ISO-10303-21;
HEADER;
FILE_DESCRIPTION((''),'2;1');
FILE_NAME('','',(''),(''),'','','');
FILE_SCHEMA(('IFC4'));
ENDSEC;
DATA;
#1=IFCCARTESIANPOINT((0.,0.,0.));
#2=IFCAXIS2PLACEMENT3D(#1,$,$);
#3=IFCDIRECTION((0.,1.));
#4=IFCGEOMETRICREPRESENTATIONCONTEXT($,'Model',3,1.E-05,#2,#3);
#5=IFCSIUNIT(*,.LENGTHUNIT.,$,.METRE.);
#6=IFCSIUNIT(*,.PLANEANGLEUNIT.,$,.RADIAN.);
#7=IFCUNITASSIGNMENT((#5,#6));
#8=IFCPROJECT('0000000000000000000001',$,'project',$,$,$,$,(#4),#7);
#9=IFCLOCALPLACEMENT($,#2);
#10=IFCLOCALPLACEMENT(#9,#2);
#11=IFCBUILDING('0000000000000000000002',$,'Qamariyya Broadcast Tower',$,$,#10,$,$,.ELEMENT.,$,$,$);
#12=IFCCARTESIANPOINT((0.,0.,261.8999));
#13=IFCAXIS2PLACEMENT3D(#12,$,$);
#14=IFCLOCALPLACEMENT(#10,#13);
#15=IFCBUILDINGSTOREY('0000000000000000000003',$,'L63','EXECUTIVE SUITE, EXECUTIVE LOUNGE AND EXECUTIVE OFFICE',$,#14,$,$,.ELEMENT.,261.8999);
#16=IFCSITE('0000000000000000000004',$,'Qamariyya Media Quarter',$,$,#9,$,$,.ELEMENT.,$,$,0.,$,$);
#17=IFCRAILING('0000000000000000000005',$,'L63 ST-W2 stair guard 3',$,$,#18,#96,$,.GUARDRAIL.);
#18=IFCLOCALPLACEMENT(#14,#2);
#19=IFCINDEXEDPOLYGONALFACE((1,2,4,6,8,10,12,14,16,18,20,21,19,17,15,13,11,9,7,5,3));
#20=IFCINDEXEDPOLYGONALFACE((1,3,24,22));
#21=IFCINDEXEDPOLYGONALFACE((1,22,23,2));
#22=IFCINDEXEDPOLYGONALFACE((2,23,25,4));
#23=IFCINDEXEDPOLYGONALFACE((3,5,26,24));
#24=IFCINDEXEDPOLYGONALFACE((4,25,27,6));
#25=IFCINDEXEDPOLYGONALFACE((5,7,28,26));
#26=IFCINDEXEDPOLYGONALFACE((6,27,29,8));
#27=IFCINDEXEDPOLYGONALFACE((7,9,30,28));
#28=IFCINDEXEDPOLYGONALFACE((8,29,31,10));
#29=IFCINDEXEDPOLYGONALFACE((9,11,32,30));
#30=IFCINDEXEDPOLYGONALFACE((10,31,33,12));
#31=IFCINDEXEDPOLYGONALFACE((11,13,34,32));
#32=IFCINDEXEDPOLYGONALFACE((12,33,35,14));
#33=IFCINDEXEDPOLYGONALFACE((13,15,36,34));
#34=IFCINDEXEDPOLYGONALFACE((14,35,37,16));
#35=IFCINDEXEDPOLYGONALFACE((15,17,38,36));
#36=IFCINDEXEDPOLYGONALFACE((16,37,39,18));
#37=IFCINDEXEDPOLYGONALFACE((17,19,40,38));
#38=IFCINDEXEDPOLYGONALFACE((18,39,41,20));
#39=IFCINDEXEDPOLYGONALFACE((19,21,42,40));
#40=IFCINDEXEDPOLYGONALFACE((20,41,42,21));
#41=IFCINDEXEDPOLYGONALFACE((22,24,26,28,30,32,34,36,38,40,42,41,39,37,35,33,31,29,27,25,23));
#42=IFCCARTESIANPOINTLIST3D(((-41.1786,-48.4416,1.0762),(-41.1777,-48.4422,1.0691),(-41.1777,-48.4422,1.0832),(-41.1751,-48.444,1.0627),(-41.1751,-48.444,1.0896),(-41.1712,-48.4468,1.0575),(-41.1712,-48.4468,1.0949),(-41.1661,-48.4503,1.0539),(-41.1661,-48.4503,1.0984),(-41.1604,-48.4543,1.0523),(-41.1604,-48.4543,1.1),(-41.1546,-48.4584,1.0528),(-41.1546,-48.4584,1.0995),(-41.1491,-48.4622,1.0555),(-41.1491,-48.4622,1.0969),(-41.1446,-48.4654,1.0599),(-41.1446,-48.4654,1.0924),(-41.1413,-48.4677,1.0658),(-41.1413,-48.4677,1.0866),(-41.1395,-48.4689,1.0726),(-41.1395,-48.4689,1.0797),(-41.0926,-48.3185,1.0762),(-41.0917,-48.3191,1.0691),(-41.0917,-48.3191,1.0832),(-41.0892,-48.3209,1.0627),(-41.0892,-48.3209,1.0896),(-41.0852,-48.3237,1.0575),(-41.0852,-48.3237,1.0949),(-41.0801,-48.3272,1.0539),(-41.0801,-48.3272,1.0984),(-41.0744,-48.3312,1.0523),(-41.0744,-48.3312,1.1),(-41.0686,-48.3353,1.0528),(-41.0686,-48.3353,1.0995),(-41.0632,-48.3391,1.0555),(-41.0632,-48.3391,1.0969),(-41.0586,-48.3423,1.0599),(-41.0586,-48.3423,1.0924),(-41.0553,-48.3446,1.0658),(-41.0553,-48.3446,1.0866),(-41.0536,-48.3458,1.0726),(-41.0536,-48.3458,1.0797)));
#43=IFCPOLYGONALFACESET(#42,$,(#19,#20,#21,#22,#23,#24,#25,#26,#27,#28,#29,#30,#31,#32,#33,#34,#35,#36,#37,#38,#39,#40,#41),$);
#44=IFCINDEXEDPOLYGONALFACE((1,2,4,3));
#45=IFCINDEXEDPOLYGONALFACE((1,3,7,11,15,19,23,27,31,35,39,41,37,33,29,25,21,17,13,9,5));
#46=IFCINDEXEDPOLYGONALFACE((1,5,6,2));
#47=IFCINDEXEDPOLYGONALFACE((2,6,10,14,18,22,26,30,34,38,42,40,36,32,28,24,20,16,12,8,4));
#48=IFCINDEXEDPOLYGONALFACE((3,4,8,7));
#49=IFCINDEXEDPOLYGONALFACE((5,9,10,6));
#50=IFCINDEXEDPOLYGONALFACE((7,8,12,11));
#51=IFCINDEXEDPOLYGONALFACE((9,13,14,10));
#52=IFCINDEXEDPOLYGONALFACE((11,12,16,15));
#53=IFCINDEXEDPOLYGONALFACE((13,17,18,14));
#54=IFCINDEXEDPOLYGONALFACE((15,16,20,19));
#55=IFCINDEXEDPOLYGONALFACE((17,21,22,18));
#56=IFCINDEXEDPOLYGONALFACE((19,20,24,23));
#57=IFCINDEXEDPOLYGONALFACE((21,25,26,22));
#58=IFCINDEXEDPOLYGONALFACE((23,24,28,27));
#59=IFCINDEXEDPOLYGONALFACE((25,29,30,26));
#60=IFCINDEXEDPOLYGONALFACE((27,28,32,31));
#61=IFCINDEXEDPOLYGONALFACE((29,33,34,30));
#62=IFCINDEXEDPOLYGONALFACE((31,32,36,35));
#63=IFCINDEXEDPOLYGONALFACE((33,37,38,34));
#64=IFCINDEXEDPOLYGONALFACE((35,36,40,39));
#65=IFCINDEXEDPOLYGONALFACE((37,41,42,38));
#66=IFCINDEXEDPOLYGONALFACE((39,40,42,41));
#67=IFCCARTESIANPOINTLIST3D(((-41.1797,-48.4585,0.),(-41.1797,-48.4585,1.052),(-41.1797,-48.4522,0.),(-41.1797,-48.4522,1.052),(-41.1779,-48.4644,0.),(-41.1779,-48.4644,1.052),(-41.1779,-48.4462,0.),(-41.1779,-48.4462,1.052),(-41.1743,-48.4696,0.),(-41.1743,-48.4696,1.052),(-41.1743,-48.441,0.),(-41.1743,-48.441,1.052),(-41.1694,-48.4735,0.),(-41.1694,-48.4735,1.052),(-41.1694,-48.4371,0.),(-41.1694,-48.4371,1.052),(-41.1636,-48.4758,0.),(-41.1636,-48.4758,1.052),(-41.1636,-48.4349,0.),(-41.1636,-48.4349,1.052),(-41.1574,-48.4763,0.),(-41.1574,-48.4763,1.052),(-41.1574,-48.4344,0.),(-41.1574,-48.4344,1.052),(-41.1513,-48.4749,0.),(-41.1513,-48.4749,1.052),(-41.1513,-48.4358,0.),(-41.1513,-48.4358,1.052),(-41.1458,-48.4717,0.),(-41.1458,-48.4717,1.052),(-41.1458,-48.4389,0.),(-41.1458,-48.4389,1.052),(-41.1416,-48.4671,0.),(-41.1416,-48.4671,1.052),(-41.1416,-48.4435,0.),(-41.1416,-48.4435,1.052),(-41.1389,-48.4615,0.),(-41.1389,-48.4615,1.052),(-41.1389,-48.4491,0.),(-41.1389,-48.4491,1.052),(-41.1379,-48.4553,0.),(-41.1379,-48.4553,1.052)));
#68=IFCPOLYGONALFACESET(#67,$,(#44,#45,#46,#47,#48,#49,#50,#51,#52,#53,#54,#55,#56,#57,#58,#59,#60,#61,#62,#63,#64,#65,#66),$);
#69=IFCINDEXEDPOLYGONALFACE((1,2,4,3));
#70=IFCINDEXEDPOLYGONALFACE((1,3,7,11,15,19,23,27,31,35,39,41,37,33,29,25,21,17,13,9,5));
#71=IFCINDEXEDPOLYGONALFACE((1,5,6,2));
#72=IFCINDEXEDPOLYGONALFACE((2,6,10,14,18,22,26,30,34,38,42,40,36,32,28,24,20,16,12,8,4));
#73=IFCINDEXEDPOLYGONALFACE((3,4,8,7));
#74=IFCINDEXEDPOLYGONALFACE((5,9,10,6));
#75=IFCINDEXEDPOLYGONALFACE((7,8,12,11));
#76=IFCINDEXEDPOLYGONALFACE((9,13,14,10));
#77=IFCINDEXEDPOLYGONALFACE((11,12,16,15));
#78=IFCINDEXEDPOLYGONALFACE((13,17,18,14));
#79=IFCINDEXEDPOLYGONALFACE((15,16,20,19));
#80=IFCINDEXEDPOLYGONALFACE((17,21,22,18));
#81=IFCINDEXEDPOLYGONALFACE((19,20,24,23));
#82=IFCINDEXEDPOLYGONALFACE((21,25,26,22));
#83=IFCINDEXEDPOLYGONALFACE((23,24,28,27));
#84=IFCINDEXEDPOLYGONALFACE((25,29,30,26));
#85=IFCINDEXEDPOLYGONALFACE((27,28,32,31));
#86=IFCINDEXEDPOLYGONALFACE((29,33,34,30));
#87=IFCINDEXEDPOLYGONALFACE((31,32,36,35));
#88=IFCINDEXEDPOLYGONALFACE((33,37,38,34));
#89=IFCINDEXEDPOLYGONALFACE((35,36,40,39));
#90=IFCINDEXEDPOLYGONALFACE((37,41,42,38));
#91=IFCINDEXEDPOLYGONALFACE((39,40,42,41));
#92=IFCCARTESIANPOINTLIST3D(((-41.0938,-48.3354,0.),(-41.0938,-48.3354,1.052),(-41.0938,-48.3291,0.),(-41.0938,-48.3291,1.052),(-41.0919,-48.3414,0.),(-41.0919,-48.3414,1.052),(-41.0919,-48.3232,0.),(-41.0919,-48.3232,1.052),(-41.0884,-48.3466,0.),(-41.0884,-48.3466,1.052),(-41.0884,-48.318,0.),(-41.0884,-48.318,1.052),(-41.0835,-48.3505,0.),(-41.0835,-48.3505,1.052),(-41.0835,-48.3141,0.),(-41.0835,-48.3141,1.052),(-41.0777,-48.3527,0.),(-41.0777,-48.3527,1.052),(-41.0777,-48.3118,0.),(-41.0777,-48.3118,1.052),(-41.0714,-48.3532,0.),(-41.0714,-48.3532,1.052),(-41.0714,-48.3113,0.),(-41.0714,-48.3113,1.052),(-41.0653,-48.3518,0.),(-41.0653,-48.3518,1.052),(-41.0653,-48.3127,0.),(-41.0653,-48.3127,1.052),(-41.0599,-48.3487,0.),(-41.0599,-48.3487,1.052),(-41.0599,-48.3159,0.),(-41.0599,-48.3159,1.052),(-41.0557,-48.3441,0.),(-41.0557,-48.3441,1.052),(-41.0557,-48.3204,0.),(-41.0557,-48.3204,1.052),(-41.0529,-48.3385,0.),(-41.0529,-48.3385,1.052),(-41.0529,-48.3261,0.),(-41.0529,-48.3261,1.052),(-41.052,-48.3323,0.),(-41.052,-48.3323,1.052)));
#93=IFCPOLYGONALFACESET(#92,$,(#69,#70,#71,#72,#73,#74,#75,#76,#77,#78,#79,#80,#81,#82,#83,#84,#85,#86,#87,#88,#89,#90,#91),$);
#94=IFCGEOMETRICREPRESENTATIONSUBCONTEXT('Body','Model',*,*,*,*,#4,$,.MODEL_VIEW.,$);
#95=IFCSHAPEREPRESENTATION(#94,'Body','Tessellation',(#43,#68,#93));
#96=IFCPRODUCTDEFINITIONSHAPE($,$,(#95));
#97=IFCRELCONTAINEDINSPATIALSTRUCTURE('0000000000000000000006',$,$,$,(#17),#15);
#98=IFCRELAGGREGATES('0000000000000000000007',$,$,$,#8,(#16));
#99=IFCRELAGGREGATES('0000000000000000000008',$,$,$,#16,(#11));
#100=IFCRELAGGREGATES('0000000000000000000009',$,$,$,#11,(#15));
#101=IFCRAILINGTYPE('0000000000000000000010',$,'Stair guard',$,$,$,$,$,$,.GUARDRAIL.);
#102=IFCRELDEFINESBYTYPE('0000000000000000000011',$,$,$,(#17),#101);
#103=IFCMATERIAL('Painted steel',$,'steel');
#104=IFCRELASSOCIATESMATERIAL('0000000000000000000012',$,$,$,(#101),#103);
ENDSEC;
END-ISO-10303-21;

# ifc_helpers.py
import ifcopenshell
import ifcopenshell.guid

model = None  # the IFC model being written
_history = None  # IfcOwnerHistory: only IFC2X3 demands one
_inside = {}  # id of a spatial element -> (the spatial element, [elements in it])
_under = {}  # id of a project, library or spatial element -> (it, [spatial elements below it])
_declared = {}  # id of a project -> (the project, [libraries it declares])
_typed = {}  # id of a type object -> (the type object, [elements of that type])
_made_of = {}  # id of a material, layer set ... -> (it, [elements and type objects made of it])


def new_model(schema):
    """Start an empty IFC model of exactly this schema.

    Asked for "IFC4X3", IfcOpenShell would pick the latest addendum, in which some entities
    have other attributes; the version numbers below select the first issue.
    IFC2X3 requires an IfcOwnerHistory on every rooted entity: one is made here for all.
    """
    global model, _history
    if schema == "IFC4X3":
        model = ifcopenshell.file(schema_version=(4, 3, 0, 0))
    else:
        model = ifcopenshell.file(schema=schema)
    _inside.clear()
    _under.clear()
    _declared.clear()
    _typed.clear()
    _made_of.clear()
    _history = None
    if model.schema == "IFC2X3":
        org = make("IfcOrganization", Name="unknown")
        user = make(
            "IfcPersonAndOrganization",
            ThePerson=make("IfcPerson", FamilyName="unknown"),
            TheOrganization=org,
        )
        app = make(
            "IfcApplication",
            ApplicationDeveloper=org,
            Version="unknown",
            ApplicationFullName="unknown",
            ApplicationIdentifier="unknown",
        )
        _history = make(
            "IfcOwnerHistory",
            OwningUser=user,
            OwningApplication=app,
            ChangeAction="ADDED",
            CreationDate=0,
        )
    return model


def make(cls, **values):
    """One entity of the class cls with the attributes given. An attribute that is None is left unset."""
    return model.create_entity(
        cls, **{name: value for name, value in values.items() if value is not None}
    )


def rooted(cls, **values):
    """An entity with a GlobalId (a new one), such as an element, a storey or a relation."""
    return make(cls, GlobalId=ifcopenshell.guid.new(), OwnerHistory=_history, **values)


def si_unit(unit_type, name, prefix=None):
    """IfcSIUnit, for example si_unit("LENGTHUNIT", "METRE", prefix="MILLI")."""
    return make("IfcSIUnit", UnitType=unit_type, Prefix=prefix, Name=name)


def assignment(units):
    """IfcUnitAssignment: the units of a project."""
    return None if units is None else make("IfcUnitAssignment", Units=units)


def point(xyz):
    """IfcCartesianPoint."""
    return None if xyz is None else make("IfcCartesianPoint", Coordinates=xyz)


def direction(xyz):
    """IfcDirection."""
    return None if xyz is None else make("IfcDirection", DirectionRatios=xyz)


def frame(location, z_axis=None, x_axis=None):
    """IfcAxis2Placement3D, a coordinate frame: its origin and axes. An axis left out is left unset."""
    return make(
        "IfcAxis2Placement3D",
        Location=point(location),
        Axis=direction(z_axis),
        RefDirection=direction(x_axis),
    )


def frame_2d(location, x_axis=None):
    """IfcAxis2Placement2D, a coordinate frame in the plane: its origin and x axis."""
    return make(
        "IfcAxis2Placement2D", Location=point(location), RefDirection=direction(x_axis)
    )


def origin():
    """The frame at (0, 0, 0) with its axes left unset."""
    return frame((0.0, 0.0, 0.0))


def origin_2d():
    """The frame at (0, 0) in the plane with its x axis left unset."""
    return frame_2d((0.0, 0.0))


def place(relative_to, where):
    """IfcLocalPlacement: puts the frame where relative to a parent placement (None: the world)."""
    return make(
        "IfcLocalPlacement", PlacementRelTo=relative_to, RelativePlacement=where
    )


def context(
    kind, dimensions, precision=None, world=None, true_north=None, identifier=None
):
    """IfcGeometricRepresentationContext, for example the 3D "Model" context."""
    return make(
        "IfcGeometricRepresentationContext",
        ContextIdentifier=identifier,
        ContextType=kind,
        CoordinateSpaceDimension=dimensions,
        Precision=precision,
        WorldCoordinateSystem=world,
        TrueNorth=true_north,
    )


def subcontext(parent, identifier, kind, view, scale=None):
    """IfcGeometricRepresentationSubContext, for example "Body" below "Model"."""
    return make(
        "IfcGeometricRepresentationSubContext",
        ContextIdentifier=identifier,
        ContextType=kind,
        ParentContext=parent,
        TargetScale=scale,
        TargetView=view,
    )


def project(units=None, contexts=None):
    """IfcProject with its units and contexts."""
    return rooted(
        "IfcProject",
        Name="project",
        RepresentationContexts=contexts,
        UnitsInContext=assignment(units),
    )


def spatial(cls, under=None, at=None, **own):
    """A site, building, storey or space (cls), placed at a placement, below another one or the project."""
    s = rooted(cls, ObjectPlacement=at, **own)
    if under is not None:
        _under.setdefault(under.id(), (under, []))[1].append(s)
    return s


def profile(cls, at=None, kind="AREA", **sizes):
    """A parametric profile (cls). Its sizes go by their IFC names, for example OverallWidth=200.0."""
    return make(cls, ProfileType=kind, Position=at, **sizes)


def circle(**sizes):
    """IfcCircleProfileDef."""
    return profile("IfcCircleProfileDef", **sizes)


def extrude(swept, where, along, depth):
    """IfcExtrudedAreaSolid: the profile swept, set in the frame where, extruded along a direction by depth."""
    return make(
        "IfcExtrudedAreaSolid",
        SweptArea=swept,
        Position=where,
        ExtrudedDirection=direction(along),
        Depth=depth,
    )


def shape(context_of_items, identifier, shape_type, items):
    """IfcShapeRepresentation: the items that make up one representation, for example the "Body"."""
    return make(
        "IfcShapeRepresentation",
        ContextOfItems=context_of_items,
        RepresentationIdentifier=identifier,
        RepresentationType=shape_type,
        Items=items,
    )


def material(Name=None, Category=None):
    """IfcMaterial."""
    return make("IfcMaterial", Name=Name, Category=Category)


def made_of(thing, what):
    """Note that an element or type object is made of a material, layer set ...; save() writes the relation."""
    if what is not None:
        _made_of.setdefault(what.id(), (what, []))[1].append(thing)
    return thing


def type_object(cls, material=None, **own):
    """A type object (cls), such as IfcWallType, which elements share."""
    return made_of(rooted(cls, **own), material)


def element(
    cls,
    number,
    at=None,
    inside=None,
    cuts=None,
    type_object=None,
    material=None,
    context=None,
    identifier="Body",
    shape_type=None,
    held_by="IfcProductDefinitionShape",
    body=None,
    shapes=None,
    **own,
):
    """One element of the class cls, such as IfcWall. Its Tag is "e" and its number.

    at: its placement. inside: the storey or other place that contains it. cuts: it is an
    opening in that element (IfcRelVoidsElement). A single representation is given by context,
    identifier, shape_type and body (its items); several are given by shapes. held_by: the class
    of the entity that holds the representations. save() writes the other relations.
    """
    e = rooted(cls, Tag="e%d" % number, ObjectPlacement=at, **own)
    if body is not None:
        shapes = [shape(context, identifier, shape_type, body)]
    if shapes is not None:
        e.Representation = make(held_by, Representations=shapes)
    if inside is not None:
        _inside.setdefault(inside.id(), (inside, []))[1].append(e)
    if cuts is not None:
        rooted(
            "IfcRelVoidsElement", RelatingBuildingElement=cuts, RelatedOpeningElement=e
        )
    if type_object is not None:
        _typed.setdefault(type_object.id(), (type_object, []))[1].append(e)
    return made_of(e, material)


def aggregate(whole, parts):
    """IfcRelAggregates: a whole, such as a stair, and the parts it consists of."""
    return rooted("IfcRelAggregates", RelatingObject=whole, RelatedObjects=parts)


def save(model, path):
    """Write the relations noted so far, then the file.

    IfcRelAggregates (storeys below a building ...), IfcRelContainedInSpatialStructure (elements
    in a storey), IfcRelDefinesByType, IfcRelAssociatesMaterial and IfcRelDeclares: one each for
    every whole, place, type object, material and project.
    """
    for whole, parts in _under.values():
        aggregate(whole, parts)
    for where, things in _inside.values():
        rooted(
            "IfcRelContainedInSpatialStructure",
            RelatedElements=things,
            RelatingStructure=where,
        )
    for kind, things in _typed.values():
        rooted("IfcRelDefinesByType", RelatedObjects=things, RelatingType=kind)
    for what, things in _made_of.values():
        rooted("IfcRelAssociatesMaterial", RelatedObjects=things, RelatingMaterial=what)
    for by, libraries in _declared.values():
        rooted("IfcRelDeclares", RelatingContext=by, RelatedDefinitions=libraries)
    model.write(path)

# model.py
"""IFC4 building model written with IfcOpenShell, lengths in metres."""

from ifc_helpers import new_model, si_unit, direction, frame, origin, origin_2d, place, context, subcontext, project, spatial, circle, extrude, material, type_object, element, save


model = new_model("IFC4")

# Units and contexts
model_context = context("Model", 3, precision=1e-05, world=origin(), true_north=direction((0.0, 1.0)))
body_context = subcontext(model_context, "Body", "Model", "MODEL_VIEW")
ifc_project = project(units=[si_unit("LENGTHUNIT", "METRE"), si_unit("PLANEANGLEUNIT", "RADIAN")], contexts=[model_context])

# Site, building, storey
site_placement = place(None, origin())
site = spatial("IfcSite", under=ifc_project, at=site_placement, Name="Qamariyya Media Quarter", CompositionType="ELEMENT", RefElevation=0.0)
building_placement = place(site_placement, origin())
building = spatial("IfcBuilding", under=site, at=building_placement, Name="Qamariyya Broadcast Tower", CompositionType="ELEMENT")
storey_placement = place(building_placement, frame((0.0, 0.0, 261.8999)))
storey = spatial("IfcBuildingStorey", under=building, at=storey_placement, Name="L63", Description="EXECUTIVE SUITE, EXECUTIVE LOUNGE AND EXECUTIVE OFFICE", CompositionType="ELEMENT", Elevation=261.8999)

# Railing
ifc_material_1 = material(Name="Painted steel", Category="steel")
railing_type_1 = type_object("IfcRailingType", Name="Stair guard", PredefinedType="GUARDRAIL", material=ifc_material_1)
railing_1_placement = place(storey_placement, frame((-41.1589, -48.4553, 0.0)))
element("IfcRailing", 1, at=railing_1_placement, inside=storey, type_object=railing_type_1, Name="L63 ST-W2 stair guard 3", PredefinedType="GUARDRAIL", context=body_context, shape_type="SweptSolid", body=[
    extrude(circle(Radius=0.0239, at=origin_2d()), frame((0.0, 0.0, 1.0762), z_axis=(0.572589, 0.819843, 0.0), x_axis=(-0.819843, 0.572589, 0.0)), (0.0, 0.0, 1.0), 0.1501),
    extrude(circle(Radius=0.021, at=origin_2d()), origin(), (0.0, 0.0, 1.0), 1.052),
    extrude(circle(Radius=0.021, at=origin_2d()), frame((0.0859, 0.123, 0.0)), (0.0, 0.0, 1.0), 1.052),
])

save(model, "model.ifc")
